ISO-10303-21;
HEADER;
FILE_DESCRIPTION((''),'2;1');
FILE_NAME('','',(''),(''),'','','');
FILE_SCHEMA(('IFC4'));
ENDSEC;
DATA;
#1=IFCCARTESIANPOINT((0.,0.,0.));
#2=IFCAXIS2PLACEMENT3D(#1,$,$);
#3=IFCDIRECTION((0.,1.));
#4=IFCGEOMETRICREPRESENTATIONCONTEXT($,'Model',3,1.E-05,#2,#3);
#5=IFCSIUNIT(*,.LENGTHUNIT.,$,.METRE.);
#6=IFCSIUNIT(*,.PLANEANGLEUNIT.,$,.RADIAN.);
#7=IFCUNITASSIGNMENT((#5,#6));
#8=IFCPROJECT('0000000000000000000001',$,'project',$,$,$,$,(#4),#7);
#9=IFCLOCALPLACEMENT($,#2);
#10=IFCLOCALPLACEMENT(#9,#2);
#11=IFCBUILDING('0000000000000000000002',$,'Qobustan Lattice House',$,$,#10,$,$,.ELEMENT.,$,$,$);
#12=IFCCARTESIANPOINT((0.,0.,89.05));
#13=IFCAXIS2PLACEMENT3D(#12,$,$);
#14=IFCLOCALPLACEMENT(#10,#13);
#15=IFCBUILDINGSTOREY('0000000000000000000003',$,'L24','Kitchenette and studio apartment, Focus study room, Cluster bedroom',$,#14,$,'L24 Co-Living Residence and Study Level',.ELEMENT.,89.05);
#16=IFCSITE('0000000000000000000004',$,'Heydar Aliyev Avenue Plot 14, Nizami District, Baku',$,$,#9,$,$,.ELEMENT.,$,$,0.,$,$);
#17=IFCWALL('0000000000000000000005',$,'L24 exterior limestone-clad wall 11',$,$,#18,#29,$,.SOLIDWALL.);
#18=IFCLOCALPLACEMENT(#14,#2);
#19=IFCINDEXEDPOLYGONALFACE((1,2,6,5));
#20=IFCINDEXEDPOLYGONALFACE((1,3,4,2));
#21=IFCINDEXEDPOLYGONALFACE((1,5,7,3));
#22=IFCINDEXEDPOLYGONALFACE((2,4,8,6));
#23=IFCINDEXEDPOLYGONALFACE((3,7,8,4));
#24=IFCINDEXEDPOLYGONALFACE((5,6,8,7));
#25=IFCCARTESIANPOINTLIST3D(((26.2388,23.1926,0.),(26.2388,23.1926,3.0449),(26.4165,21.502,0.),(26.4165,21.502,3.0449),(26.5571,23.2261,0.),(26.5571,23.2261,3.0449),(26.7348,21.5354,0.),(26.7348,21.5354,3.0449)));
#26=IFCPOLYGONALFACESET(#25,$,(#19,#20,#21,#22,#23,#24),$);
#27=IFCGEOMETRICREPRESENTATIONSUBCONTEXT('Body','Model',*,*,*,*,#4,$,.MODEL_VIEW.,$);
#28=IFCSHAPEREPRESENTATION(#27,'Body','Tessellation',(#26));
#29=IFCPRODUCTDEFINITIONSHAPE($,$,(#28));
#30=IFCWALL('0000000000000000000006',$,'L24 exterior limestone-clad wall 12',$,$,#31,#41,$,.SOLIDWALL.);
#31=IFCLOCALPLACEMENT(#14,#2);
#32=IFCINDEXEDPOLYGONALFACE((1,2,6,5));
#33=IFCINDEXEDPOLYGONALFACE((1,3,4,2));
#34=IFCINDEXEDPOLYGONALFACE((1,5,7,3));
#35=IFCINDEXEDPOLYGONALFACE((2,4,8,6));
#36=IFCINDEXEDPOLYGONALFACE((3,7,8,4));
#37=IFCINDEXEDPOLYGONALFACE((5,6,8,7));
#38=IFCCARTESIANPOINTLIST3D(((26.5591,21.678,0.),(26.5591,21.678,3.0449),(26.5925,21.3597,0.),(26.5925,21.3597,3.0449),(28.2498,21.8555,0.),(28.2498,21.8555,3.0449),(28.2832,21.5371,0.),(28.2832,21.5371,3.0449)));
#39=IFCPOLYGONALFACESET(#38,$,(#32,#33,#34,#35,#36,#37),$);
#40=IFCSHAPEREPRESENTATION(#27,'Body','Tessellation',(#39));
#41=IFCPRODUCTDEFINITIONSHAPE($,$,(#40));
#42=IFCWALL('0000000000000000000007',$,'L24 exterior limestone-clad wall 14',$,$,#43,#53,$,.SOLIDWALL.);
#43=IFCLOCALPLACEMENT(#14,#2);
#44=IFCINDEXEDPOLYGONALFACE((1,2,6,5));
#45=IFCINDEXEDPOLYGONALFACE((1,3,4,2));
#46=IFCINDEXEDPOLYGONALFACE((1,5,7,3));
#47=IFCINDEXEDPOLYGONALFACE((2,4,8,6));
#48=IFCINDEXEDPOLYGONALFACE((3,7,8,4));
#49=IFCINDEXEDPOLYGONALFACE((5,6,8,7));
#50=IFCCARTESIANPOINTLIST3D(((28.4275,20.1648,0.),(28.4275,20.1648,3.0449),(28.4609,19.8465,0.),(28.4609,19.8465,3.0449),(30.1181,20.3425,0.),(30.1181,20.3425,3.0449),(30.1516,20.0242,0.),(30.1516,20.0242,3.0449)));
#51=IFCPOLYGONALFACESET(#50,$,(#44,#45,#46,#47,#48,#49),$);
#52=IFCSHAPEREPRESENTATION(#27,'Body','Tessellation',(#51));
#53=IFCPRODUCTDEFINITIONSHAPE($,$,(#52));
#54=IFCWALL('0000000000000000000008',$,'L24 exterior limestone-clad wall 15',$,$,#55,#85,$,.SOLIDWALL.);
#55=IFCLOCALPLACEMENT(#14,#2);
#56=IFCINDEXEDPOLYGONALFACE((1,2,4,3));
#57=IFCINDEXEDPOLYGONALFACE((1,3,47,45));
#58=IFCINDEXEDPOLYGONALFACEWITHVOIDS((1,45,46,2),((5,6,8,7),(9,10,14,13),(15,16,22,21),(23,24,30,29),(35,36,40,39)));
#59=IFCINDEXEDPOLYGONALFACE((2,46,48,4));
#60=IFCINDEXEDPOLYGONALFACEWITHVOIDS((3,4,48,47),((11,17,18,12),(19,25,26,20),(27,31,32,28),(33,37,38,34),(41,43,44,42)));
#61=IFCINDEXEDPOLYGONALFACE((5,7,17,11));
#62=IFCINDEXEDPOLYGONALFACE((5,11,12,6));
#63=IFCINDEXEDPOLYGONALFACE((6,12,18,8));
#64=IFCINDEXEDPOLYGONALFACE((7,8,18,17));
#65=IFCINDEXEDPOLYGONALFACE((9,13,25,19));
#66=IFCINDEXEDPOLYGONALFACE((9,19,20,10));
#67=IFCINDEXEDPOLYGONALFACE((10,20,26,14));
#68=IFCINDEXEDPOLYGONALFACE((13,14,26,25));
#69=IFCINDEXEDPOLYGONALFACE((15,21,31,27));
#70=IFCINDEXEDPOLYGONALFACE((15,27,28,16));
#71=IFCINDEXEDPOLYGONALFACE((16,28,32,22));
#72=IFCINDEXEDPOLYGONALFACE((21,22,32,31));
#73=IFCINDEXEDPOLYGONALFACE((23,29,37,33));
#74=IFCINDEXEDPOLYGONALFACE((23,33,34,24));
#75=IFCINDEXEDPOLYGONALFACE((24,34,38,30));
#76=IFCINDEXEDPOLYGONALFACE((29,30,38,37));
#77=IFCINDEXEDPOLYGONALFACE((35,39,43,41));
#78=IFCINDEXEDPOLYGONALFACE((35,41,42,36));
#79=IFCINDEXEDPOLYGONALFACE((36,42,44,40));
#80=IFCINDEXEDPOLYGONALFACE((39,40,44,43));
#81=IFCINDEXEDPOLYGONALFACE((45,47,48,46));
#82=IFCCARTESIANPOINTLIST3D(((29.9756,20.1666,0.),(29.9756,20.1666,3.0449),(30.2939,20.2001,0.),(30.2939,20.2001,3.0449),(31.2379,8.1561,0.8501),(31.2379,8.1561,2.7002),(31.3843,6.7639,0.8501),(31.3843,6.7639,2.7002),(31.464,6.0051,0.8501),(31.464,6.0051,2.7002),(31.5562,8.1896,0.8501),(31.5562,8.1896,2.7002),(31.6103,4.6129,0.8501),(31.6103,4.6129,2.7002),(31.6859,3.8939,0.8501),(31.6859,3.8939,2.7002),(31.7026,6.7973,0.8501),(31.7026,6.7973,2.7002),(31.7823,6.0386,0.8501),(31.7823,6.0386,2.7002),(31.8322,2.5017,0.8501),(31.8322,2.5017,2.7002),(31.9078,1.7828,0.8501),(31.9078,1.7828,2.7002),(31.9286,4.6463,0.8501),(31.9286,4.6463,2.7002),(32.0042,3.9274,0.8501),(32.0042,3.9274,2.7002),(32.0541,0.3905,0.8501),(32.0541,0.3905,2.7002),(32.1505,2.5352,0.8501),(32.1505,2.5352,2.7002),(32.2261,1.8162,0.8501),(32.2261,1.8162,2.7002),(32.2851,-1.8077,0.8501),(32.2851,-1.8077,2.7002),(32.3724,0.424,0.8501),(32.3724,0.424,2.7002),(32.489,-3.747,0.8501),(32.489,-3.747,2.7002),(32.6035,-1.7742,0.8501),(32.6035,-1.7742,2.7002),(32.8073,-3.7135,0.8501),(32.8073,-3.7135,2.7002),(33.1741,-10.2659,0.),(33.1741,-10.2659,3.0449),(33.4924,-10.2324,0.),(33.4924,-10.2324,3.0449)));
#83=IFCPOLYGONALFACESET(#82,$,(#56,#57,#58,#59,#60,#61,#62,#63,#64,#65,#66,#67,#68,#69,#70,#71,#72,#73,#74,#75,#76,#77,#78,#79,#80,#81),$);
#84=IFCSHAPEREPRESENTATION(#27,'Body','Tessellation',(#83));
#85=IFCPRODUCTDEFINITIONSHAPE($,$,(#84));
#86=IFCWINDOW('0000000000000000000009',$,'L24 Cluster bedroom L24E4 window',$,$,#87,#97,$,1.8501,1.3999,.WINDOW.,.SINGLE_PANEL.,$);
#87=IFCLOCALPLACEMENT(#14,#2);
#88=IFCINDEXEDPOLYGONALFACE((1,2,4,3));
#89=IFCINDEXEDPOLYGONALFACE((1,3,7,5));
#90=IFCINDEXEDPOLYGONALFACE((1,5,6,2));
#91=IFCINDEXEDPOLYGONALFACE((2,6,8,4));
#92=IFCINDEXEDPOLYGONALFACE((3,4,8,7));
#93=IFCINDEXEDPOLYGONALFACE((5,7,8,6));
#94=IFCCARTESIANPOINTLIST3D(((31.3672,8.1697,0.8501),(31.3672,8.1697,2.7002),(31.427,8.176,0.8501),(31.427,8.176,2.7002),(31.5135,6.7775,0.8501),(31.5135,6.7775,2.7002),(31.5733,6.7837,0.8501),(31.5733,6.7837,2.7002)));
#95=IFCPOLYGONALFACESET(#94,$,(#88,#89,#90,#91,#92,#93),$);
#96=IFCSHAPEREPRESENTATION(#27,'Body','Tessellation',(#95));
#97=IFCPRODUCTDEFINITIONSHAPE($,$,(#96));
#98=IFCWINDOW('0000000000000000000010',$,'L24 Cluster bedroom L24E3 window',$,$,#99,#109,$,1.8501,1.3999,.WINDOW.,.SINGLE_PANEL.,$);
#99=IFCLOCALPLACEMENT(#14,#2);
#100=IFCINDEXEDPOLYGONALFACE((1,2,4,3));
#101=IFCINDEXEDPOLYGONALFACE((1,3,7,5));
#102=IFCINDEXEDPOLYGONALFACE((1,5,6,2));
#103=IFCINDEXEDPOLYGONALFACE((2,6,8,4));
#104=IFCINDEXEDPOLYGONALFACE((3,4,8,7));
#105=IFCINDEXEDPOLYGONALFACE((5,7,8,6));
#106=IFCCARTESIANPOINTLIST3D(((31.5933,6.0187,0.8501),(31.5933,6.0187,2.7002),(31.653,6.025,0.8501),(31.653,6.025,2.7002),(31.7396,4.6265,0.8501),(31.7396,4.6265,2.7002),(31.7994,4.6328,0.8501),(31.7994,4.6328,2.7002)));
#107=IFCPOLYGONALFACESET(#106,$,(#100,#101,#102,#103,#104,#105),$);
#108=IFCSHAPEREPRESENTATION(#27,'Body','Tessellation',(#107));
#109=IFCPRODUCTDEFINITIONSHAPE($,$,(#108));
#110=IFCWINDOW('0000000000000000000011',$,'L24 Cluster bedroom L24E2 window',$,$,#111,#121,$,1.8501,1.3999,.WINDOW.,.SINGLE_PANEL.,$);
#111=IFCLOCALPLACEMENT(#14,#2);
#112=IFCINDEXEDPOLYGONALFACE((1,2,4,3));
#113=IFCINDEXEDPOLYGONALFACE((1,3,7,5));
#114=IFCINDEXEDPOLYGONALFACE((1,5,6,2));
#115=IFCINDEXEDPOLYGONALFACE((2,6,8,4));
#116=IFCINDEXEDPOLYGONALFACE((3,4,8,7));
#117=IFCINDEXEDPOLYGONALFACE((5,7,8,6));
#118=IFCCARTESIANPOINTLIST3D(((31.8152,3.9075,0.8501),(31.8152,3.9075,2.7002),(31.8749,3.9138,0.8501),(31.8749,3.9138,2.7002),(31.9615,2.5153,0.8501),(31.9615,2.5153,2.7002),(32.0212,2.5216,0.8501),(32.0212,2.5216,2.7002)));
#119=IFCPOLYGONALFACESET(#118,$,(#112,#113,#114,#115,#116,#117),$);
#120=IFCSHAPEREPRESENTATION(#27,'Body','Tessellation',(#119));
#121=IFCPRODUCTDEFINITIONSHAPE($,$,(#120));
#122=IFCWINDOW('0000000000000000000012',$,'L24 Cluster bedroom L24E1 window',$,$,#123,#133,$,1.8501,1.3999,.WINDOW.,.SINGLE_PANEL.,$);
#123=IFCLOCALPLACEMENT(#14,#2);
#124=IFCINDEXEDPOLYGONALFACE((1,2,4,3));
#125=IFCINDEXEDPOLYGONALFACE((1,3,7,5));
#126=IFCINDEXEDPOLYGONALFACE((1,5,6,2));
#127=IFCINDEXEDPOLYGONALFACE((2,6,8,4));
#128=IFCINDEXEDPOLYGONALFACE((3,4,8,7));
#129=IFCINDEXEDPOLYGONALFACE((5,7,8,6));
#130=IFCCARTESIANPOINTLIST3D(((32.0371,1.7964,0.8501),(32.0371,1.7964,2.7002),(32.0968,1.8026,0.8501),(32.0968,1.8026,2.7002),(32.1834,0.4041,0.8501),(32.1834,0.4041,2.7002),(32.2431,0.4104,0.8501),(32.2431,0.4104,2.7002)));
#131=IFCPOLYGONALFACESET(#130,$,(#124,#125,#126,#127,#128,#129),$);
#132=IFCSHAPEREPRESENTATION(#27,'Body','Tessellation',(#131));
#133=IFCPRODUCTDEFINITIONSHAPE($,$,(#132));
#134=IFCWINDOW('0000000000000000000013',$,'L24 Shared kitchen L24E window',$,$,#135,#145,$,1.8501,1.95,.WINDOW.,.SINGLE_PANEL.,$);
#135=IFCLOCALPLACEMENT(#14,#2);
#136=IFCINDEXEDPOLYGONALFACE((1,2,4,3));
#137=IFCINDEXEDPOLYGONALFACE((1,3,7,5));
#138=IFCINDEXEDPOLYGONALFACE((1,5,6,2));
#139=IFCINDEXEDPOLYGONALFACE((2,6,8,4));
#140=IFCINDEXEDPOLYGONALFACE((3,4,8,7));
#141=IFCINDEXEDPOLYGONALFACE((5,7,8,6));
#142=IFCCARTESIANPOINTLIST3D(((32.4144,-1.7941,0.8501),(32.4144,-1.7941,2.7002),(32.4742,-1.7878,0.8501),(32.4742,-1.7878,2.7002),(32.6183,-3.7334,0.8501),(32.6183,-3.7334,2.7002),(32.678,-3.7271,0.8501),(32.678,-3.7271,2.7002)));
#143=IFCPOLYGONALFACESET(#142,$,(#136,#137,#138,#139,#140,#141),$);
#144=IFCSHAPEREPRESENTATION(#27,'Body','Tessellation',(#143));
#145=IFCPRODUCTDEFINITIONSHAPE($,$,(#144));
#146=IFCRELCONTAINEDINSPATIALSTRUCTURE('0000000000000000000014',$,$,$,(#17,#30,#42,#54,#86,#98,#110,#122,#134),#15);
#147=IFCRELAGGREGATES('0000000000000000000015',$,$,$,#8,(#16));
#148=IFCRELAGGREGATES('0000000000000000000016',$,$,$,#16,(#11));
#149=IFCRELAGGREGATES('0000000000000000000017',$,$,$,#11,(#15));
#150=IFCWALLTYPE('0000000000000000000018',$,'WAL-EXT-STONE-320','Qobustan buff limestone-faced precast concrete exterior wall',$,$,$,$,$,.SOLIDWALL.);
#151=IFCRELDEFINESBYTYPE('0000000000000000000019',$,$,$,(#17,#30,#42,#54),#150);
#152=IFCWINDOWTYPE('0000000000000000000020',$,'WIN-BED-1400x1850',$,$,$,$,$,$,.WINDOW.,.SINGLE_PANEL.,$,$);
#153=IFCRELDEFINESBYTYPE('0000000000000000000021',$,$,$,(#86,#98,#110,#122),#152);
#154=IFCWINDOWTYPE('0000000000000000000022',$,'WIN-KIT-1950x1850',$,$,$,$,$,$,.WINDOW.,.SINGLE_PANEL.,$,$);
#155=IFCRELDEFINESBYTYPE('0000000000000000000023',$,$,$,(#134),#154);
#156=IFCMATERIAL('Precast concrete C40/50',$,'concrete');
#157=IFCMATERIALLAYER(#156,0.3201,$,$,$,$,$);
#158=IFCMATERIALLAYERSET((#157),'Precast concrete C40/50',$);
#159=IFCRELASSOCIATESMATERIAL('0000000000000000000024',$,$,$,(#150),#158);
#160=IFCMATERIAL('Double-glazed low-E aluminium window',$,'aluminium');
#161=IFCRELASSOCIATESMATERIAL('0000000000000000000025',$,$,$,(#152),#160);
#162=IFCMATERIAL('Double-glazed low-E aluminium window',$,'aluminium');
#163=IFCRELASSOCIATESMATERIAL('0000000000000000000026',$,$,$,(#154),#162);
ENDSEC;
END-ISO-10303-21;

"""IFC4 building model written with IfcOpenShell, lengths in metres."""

from ifc_helpers import new_model, si_unit, direction, frame, frame_2d, origin, place, context, subcontext, project, spatial, rectangle, extrude, material, layer, layer_set, type_object, element, fill, save


model = new_model("IFC4")

# Units and contexts
model_context = context("Model", 3, precision=1e-05, world=origin(), true_north=direction((0.0, 1.0)))
body_context = subcontext(model_context, "Body", "Model", "MODEL_VIEW")
ifc_project = project(units=[si_unit("LENGTHUNIT", "METRE"), si_unit("PLANEANGLEUNIT", "RADIAN")], contexts=[model_context])

# Site, building, storey
site_placement = place(None, origin())
site = spatial("IfcSite", under=ifc_project, at=site_placement, Name="Heydar Aliyev Avenue Plot 14, Nizami District, Baku", CompositionType="ELEMENT", RefElevation=0.0)
building_placement = place(site_placement, origin())
building = spatial("IfcBuilding", under=site, at=building_placement, Name="Qobustan Lattice House", CompositionType="ELEMENT")
storey_placement = place(building_placement, frame((0.0, 0.0, 89.05)))
storey = spatial("IfcBuildingStorey", under=building, at=storey_placement, Name="L24", Description="Kitchenette and studio apartment, Focus study room, Cluster bedroom", LongName="L24 Co-Living Residence and Study Level", CompositionType="ELEMENT", Elevation=89.05)

# Walls
ifc_material_1 = material(Name="Precast concrete C40/50", Category="concrete")
ifc_layer_1 = layer(ifc_material_1, 0.3201)
ifc_layer_set_1 = layer_set([ifc_layer_1], Name="Precast concrete C40/50")
wall_type = type_object("IfcWallType", Name="WAL-EXT-STONE-320", Description="Qobustan buff limestone-faced precast concrete exterior wall", PredefinedType="SOLIDWALL", material=ifc_layer_set_1)
for number, where, z_axis, x_axis, name in (
    (1, (26.3979, 23.2095, 0.0), (0.0, 0.0, 1.0), (0.10455, -0.99452, 0.0), "L24 exterior limestone-clad wall 11"),
    (2, (26.5757, 21.5188, 0.0), (0.0, 0.0, 1.0), (0.994535, 0.104408, 0.0), "L24 exterior limestone-clad wall 12"),
    (3, (28.4441, 20.0056, 0.0), (0.0, 0.0, 1.0), (0.99452, 0.10455, 0.0), "L24 exterior limestone-clad wall 14"),
):
    element("IfcWall", number, at=place(storey_placement, frame(where, z_axis=z_axis, x_axis=x_axis)), inside=storey, type_object=wall_type, Name=name, PredefinedType="SOLIDWALL", context=body_context, shape_type="SweptSolid", body=[
        extrude(rectangle(XDim=1.7, YDim=0.3201, at=frame_2d((0.8501, 0.0))), origin(), (0.0, 0.0, 1.0), 3.0449),
    ])

# Wall, openings, windows
wall_placement = place(storey_placement, frame((30.1348, 20.1833, 0.0), z_axis=(0.0, 0.0, 1.0), x_axis=(0.104526, -0.994522, 0.0)))
wall = element("IfcWall", 4, at=wall_placement, inside=storey, type_object=wall_type, Name="L24 exterior limestone-clad wall 15", PredefinedType="SOLIDWALL", context=body_context, shape_type="SweptSolid", body=[
    extrude(rectangle(XDim=30.6001, YDim=0.3201, at=frame_2d((15.3, 0.0))), origin(), (0.0, 0.0, 1.0), 3.0449),
])
opening_1_placement = place(wall_placement, frame((12.0767, 0.0, 0.8501)))
opening_1 = element("IfcOpeningElement", 5, at=opening_1_placement, cuts=wall, PredefinedType="OPENING", context=body_context, shape_type="SweptSolid", body=[
    extrude(rectangle(XDim=1.3999, YDim=1.8501, at=frame_2d((0.7, 0.925))), frame((0.0, 0.1699, 0.0), z_axis=(0.0, -1.0, 0.0), x_axis=(1.0, 0.0, 0.0)), (0.0, 0.0, 1.0), 0.3401),
])
opening_2_placement = place(wall_placement, frame((14.2395, 0.0, 0.8501)))
opening_2 = element("IfcOpeningElement", 6, at=opening_2_placement, cuts=wall, PredefinedType="OPENING", context=body_context, shape_type="SweptSolid", body=[
    extrude(rectangle(XDim=1.3999, YDim=1.8501, at=frame_2d((0.7, 0.925))), frame((0.0, 0.1699, 0.0), z_axis=(0.0, -1.0, 0.0), x_axis=(1.0, 0.0, 0.0)), (0.0, 0.0, 1.0), 0.3401),
])
opening_3_placement = place(wall_placement, frame((16.3623, 0.0, 0.8501)))
opening_3 = element("IfcOpeningElement", 7, at=opening_3_placement, cuts=wall, PredefinedType="OPENING", context=body_context, shape_type="SweptSolid", body=[
    extrude(rectangle(XDim=1.3999, YDim=1.8501, at=frame_2d((0.7, 0.925))), frame((0.0, 0.1699, 0.0), z_axis=(0.0, -1.0, 0.0), x_axis=(1.0, 0.0, 0.0)), (0.0, 0.0, 1.0), 0.3401),
])
opening_4_placement = place(wall_placement, frame((18.4851, 0.0, 0.8501)))
opening_4 = element("IfcOpeningElement", 8, at=opening_4_placement, cuts=wall, PredefinedType="OPENING", context=body_context, shape_type="SweptSolid", body=[
    extrude(rectangle(XDim=1.3999, YDim=1.8501, at=frame_2d((0.7, 0.925))), frame((0.0, 0.1699, 0.0), z_axis=(0.0, -1.0, 0.0), x_axis=(1.0, 0.0, 0.0)), (0.0, 0.0, 1.0), 0.3401),
])
opening_5_placement = place(wall_placement, frame((22.0952, 0.0, 0.8501)))
opening_5 = element("IfcOpeningElement", 9, at=opening_5_placement, cuts=wall, PredefinedType="OPENING", context=body_context, shape_type="SweptSolid", body=[
    extrude(rectangle(XDim=1.95, YDim=1.8501, at=frame_2d((0.9751, 0.925))), frame((0.0, 0.1699, 0.0), z_axis=(0.0, -1.0, 0.0), x_axis=(1.0, 0.0, 0.0)), (0.0, 0.0, 1.0), 0.3401),
])
ifc_material_2 = material(Name="Double-glazed low-E aluminium window", Category="aluminium")
window_type_1 = type_object("IfcWindowType", Name="WIN-BED-1400x1850", PartitioningType="SINGLE_PANEL", PredefinedType="WINDOW", material=ifc_material_2)
window_1_placement = place(opening_1_placement, origin())
window_1 = element("IfcWindow", 10, at=window_1_placement, inside=storey, type_object=window_type_1, Name="L24 Cluster bedroom L24E4 window", OverallHeight=1.8501, OverallWidth=1.3999, PartitioningType="SINGLE_PANEL", PredefinedType="WINDOW", context=body_context, shape_type="SweptSolid", body=[
    extrude(rectangle(XDim=1.3999, YDim=1.8501, at=frame_2d((0.7, 0.925))), frame((0.0, 0.03, 0.0), z_axis=(0.0, -1.0, 0.0), x_axis=(1.0, 0.0, 0.0)), (0.0, 0.0, 1.0), 0.0601),
])
fill(opening_1, window_1)
window_2_placement = place(opening_2_placement, origin())
window_2 = element("IfcWindow", 11, at=window_2_placement, inside=storey, type_object=window_type_1, Name="L24 Cluster bedroom L24E3 window", OverallHeight=1.8501, OverallWidth=1.3999, PartitioningType="SINGLE_PANEL", PredefinedType="WINDOW", context=body_context, shape_type="SweptSolid", body=[
    extrude(rectangle(XDim=1.3999, YDim=1.8501, at=frame_2d((0.7, 0.925))), frame((0.0, 0.03, 0.0), z_axis=(0.0, -1.0, 0.0), x_axis=(1.0, 0.0, 0.0)), (0.0, 0.0, 1.0), 0.0601),
])
fill(opening_2, window_2)
window_3_placement = place(opening_3_placement, origin())
window_3 = element("IfcWindow", 12, at=window_3_placement, inside=storey, type_object=window_type_1, Name="L24 Cluster bedroom L24E2 window", OverallHeight=1.8501, OverallWidth=1.3999, PartitioningType="SINGLE_PANEL", PredefinedType="WINDOW", context=body_context, shape_type="SweptSolid", body=[
    extrude(rectangle(XDim=1.3999, YDim=1.8501, at=frame_2d((0.7, 0.925))), frame((0.0, 0.03, 0.0), z_axis=(0.0, -1.0, 0.0), x_axis=(1.0, 0.0, 0.0)), (0.0, 0.0, 1.0), 0.0601),
])
fill(opening_3, window_3)
window_4_placement = place(opening_4_placement, origin())
window_4 = element("IfcWindow", 13, at=window_4_placement, inside=storey, type_object=window_type_1, Name="L24 Cluster bedroom L24E1 window", OverallHeight=1.8501, OverallWidth=1.3999, PartitioningType="SINGLE_PANEL", PredefinedType="WINDOW", context=body_context, shape_type="SweptSolid", body=[
    extrude(rectangle(XDim=1.3999, YDim=1.8501, at=frame_2d((0.7, 0.925))), frame((0.0, 0.03, 0.0), z_axis=(0.0, -1.0, 0.0), x_axis=(1.0, 0.0, 0.0)), (0.0, 0.0, 1.0), 0.0601),
])
fill(opening_4, window_4)
ifc_material_3 = material(Name="Double-glazed low-E aluminium window", Category="aluminium")
window_type_2 = type_object("IfcWindowType", Name="WIN-KIT-1950x1850", PartitioningType="SINGLE_PANEL", PredefinedType="WINDOW", material=ifc_material_3)
window_5_placement = place(opening_5_placement, origin())
window_5 = element("IfcWindow", 14, at=window_5_placement, inside=storey, type_object=window_type_2, Name="L24 Shared kitchen L24E window", OverallHeight=1.8501, OverallWidth=1.95, PartitioningType="SINGLE_PANEL", PredefinedType="WINDOW", context=body_context, shape_type="SweptSolid", body=[
    extrude(rectangle(XDim=1.95, YDim=1.8501, at=frame_2d((0.9751, 0.925))), frame((0.0, 0.03, 0.0), z_axis=(0.0, -1.0, 0.0), x_axis=(1.0, 0.0, 0.0)), (0.0, 0.0, 1.0), 0.0601),
])
fill(opening_5, window_5)

save(model, "model.ifc")
